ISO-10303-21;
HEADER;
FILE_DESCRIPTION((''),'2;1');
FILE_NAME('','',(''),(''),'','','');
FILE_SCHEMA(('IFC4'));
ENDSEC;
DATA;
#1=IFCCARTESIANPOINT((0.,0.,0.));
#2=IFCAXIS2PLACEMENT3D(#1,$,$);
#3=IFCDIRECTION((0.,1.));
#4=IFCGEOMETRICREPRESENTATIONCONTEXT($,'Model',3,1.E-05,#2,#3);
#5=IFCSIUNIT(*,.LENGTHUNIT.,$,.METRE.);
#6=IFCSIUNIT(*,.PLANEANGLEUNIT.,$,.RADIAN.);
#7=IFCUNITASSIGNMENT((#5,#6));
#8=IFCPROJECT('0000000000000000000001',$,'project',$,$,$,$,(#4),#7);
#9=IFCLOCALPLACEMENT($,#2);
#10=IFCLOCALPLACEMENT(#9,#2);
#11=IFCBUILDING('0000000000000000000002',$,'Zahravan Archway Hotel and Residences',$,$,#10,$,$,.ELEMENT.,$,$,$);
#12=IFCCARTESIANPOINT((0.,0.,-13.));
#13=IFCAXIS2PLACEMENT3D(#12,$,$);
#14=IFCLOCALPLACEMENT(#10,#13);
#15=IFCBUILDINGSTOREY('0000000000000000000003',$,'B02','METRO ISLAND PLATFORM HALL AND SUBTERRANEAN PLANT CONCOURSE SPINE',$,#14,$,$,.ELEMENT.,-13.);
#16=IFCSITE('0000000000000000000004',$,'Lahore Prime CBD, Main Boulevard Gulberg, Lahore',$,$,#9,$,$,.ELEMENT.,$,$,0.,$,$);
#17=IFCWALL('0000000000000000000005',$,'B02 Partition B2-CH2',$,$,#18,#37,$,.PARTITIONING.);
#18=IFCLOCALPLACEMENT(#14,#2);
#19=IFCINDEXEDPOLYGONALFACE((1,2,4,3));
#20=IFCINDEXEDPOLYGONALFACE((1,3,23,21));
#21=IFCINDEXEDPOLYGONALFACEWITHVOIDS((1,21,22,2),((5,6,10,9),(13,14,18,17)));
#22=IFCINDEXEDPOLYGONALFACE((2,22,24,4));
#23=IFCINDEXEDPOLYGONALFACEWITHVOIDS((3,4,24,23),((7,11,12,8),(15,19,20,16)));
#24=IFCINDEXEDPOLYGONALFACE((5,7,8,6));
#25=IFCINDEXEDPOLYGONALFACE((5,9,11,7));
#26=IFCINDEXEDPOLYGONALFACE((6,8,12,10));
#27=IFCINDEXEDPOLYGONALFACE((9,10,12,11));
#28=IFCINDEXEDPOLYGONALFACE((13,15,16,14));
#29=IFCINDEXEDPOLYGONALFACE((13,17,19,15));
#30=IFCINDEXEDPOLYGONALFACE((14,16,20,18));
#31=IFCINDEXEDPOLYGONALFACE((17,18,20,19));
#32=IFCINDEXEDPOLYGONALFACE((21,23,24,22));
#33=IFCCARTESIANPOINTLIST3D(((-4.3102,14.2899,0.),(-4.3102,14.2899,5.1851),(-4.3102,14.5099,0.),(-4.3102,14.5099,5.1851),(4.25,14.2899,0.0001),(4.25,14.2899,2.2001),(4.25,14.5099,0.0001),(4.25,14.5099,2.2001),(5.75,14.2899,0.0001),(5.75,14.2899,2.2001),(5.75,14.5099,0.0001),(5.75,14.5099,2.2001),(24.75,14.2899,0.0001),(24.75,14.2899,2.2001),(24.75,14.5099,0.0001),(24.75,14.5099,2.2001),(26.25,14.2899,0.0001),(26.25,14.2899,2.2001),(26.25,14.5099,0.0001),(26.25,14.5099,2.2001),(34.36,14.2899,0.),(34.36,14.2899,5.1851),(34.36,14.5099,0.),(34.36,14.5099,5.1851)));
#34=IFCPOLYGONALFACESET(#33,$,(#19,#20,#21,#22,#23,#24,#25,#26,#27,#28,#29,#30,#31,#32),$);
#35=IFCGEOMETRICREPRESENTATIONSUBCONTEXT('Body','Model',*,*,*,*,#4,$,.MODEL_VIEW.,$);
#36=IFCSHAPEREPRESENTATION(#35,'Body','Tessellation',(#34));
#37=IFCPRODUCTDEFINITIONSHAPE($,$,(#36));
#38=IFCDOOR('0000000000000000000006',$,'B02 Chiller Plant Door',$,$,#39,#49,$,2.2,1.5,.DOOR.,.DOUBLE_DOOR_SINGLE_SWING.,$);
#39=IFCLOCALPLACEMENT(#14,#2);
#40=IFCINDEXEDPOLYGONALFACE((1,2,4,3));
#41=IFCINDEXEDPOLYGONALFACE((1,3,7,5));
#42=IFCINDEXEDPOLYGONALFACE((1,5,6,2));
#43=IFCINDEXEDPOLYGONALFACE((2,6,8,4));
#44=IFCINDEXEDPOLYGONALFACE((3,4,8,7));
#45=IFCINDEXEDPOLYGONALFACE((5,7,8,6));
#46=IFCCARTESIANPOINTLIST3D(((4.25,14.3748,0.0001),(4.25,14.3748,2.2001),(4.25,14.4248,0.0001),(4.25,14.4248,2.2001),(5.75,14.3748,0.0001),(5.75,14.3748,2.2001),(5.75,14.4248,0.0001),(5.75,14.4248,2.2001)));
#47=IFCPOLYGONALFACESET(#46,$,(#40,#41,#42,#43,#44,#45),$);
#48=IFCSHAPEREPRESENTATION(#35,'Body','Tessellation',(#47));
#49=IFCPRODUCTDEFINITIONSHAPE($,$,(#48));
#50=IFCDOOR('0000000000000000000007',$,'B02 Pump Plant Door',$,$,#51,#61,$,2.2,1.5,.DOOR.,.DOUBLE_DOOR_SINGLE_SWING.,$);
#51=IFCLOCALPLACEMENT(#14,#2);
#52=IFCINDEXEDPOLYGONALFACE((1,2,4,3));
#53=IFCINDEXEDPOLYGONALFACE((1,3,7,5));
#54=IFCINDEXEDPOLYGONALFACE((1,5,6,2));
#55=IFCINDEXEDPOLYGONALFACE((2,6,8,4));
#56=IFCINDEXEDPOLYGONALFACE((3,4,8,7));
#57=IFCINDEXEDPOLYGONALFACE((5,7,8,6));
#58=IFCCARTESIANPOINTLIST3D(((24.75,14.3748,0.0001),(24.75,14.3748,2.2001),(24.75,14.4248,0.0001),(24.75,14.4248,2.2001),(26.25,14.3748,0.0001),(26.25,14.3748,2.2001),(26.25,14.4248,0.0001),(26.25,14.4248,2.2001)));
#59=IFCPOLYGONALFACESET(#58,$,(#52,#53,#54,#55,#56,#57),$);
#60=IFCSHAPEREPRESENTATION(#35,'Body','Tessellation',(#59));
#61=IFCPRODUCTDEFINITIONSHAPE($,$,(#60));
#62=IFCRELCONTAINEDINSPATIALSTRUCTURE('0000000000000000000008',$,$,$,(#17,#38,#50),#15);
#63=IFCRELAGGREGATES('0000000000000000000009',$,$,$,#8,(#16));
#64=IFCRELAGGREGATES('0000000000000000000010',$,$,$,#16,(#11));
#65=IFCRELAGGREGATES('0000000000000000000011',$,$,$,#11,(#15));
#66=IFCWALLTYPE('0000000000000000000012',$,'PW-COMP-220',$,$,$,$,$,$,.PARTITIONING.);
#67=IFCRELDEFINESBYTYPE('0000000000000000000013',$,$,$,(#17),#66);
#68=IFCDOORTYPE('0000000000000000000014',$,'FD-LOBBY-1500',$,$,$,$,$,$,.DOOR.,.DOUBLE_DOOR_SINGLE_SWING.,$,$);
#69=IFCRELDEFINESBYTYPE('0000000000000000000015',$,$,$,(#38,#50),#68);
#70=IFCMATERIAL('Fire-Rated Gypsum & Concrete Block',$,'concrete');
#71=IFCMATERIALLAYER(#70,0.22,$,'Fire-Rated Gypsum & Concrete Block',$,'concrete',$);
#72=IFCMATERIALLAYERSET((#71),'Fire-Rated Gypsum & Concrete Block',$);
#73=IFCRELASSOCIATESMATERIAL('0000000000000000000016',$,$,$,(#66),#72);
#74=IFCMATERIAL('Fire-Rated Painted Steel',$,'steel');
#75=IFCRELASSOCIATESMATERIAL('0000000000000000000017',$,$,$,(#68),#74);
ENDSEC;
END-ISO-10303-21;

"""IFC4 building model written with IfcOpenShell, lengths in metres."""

from ifc_helpers import new_model, si_unit, direction, frame, frame_2d, origin, place, context, subcontext, project, spatial, rectangle, extrude, source, transform, mapped, material, layer, layer_set, type_object, type_shapes, element, fill, save


model = new_model("IFC4")

# Units and contexts
model_context = context("Model", 3, precision=1e-05, world=origin(), true_north=direction((0.0, 1.0)))
body_context = subcontext(model_context, "Body", "Model", "MODEL_VIEW")
ifc_project = project(units=[si_unit("LENGTHUNIT", "METRE"), si_unit("PLANEANGLEUNIT", "RADIAN")], contexts=[model_context])

# Site, building, storey
site_placement = place(None, origin())
site = spatial("IfcSite", under=ifc_project, at=site_placement, Name="Lahore Prime CBD, Main Boulevard Gulberg, Lahore", CompositionType="ELEMENT", RefElevation=0.0)
building_placement = place(site_placement, origin())
building = spatial("IfcBuilding", under=site, at=building_placement, Name="Zahravan Archway Hotel and Residences", CompositionType="ELEMENT")
storey_placement = place(building_placement, frame((0.0, 0.0, -13.0)))
storey = spatial("IfcBuildingStorey", under=building, at=storey_placement, Name="B02", Description="METRO ISLAND PLATFORM HALL AND SUBTERRANEAN PLANT CONCOURSE SPINE", CompositionType="ELEMENT", Elevation=-13.0)

# Wall, openings, doors
ifc_material_1 = material(Name="Fire-Rated Gypsum & Concrete Block", Category="concrete")
ifc_layer_1 = layer(ifc_material_1, 0.22, Name="Fire-Rated Gypsum & Concrete Block", Category="concrete")
ifc_layer_set_1 = layer_set([ifc_layer_1], Name="Fire-Rated Gypsum & Concrete Block")
wall_type_1 = type_object("IfcWallType", Name="PW-COMP-220", PredefinedType="PARTITIONING", material=ifc_layer_set_1)
wall_1_placement = place(storey_placement, frame((-4.3101, 14.3999, 0.0), z_axis=(0.0, 0.0, 1.0), x_axis=(1.0, 0.0, 0.0)))
wall_1 = element("IfcWall", 1, at=wall_1_placement, inside=storey, type_object=wall_type_1, Name="B02 Partition B2-CH2", PredefinedType="PARTITIONING", context=body_context, shape_type="SweptSolid", body=[
    extrude(rectangle(XDim=38.6702, YDim=0.22, at=frame_2d((19.335, 0.0))), origin(), (0.0, 0.0, 1.0), 5.1851),
])
opening_1_placement = place(wall_1_placement, frame((8.5601, 0.0, 0.0)))
opening_1 = element("IfcOpeningElement", 2, at=opening_1_placement, cuts=wall_1, PredefinedType="OPENING", context=body_context, shape_type="SweptSolid", body=[
    extrude(rectangle(XDim=1.5, YDim=2.2, at=frame_2d((0.75, 1.1001))), frame((0.0, 0.1201, 0.0), z_axis=(0.0, -1.0, 0.0), x_axis=(1.0, 0.0, 0.0)), (0.0, 0.0, 1.0), 0.24),
])
opening_2_placement = place(wall_1_placement, frame((29.0601, 0.0, 0.0)))
opening_2 = element("IfcOpeningElement", 3, at=opening_2_placement, cuts=wall_1, PredefinedType="OPENING", context=body_context, shape_type="SweptSolid", body=[
    extrude(rectangle(XDim=1.5, YDim=2.2, at=frame_2d((0.75, 1.1001))), frame((0.0, 0.1201, 0.0), z_axis=(0.0, -1.0, 0.0), x_axis=(1.0, 0.0, 0.0)), (0.0, 0.0, 1.0), 0.24),
])
ifc_material_2 = material(Name="Fire-Rated Painted Steel", Category="steel")
door_type = type_object("IfcDoorType", Name="FD-LOBBY-1500", OperationType="DOUBLE_DOOR_SINGLE_SWING", PredefinedType="DOOR", material=ifc_material_2)
shared_shape_1 = source(origin(), body_context, "Body", "SweptSolid", [
    extrude(rectangle(XDim=1.5, YDim=2.2, at=frame_2d((0.75, 1.1001))), frame((0.0, 0.0249, 0.0), z_axis=(0.0, -1.0, 0.0), x_axis=(1.0, 0.0, 0.0)), (0.0, 0.0, 1.0), 0.05),
])
type_shapes(door_type, [shared_shape_1])
door_1_placement = place(opening_1_placement, origin())
door_1 = element("IfcDoor", 4, at=door_1_placement, inside=storey, type_object=door_type, Name="B02 Chiller Plant Door", OperationType="DOUBLE_DOOR_SINGLE_SWING", OverallHeight=2.2, OverallWidth=1.5, PredefinedType="DOOR", context=body_context, shape_type="MappedRepresentation", body=[
    mapped(shared_shape_1, transform((0.0, 0.0, 0.0), scale=1.0)),
])
fill(opening_1, door_1)
door_2_placement = place(opening_2_placement, origin())
door_2 = element("IfcDoor", 5, at=door_2_placement, inside=storey, type_object=door_type, Name="B02 Pump Plant Door", OperationType="DOUBLE_DOOR_SINGLE_SWING", OverallHeight=2.2, OverallWidth=1.5, PredefinedType="DOOR", context=body_context, shape_type="MappedRepresentation", body=[
    mapped(shared_shape_1, transform((0.0, 0.0, 0.0), scale=1.0)),
])
fill(opening_2, door_2)

save(model, "model.ifc")
